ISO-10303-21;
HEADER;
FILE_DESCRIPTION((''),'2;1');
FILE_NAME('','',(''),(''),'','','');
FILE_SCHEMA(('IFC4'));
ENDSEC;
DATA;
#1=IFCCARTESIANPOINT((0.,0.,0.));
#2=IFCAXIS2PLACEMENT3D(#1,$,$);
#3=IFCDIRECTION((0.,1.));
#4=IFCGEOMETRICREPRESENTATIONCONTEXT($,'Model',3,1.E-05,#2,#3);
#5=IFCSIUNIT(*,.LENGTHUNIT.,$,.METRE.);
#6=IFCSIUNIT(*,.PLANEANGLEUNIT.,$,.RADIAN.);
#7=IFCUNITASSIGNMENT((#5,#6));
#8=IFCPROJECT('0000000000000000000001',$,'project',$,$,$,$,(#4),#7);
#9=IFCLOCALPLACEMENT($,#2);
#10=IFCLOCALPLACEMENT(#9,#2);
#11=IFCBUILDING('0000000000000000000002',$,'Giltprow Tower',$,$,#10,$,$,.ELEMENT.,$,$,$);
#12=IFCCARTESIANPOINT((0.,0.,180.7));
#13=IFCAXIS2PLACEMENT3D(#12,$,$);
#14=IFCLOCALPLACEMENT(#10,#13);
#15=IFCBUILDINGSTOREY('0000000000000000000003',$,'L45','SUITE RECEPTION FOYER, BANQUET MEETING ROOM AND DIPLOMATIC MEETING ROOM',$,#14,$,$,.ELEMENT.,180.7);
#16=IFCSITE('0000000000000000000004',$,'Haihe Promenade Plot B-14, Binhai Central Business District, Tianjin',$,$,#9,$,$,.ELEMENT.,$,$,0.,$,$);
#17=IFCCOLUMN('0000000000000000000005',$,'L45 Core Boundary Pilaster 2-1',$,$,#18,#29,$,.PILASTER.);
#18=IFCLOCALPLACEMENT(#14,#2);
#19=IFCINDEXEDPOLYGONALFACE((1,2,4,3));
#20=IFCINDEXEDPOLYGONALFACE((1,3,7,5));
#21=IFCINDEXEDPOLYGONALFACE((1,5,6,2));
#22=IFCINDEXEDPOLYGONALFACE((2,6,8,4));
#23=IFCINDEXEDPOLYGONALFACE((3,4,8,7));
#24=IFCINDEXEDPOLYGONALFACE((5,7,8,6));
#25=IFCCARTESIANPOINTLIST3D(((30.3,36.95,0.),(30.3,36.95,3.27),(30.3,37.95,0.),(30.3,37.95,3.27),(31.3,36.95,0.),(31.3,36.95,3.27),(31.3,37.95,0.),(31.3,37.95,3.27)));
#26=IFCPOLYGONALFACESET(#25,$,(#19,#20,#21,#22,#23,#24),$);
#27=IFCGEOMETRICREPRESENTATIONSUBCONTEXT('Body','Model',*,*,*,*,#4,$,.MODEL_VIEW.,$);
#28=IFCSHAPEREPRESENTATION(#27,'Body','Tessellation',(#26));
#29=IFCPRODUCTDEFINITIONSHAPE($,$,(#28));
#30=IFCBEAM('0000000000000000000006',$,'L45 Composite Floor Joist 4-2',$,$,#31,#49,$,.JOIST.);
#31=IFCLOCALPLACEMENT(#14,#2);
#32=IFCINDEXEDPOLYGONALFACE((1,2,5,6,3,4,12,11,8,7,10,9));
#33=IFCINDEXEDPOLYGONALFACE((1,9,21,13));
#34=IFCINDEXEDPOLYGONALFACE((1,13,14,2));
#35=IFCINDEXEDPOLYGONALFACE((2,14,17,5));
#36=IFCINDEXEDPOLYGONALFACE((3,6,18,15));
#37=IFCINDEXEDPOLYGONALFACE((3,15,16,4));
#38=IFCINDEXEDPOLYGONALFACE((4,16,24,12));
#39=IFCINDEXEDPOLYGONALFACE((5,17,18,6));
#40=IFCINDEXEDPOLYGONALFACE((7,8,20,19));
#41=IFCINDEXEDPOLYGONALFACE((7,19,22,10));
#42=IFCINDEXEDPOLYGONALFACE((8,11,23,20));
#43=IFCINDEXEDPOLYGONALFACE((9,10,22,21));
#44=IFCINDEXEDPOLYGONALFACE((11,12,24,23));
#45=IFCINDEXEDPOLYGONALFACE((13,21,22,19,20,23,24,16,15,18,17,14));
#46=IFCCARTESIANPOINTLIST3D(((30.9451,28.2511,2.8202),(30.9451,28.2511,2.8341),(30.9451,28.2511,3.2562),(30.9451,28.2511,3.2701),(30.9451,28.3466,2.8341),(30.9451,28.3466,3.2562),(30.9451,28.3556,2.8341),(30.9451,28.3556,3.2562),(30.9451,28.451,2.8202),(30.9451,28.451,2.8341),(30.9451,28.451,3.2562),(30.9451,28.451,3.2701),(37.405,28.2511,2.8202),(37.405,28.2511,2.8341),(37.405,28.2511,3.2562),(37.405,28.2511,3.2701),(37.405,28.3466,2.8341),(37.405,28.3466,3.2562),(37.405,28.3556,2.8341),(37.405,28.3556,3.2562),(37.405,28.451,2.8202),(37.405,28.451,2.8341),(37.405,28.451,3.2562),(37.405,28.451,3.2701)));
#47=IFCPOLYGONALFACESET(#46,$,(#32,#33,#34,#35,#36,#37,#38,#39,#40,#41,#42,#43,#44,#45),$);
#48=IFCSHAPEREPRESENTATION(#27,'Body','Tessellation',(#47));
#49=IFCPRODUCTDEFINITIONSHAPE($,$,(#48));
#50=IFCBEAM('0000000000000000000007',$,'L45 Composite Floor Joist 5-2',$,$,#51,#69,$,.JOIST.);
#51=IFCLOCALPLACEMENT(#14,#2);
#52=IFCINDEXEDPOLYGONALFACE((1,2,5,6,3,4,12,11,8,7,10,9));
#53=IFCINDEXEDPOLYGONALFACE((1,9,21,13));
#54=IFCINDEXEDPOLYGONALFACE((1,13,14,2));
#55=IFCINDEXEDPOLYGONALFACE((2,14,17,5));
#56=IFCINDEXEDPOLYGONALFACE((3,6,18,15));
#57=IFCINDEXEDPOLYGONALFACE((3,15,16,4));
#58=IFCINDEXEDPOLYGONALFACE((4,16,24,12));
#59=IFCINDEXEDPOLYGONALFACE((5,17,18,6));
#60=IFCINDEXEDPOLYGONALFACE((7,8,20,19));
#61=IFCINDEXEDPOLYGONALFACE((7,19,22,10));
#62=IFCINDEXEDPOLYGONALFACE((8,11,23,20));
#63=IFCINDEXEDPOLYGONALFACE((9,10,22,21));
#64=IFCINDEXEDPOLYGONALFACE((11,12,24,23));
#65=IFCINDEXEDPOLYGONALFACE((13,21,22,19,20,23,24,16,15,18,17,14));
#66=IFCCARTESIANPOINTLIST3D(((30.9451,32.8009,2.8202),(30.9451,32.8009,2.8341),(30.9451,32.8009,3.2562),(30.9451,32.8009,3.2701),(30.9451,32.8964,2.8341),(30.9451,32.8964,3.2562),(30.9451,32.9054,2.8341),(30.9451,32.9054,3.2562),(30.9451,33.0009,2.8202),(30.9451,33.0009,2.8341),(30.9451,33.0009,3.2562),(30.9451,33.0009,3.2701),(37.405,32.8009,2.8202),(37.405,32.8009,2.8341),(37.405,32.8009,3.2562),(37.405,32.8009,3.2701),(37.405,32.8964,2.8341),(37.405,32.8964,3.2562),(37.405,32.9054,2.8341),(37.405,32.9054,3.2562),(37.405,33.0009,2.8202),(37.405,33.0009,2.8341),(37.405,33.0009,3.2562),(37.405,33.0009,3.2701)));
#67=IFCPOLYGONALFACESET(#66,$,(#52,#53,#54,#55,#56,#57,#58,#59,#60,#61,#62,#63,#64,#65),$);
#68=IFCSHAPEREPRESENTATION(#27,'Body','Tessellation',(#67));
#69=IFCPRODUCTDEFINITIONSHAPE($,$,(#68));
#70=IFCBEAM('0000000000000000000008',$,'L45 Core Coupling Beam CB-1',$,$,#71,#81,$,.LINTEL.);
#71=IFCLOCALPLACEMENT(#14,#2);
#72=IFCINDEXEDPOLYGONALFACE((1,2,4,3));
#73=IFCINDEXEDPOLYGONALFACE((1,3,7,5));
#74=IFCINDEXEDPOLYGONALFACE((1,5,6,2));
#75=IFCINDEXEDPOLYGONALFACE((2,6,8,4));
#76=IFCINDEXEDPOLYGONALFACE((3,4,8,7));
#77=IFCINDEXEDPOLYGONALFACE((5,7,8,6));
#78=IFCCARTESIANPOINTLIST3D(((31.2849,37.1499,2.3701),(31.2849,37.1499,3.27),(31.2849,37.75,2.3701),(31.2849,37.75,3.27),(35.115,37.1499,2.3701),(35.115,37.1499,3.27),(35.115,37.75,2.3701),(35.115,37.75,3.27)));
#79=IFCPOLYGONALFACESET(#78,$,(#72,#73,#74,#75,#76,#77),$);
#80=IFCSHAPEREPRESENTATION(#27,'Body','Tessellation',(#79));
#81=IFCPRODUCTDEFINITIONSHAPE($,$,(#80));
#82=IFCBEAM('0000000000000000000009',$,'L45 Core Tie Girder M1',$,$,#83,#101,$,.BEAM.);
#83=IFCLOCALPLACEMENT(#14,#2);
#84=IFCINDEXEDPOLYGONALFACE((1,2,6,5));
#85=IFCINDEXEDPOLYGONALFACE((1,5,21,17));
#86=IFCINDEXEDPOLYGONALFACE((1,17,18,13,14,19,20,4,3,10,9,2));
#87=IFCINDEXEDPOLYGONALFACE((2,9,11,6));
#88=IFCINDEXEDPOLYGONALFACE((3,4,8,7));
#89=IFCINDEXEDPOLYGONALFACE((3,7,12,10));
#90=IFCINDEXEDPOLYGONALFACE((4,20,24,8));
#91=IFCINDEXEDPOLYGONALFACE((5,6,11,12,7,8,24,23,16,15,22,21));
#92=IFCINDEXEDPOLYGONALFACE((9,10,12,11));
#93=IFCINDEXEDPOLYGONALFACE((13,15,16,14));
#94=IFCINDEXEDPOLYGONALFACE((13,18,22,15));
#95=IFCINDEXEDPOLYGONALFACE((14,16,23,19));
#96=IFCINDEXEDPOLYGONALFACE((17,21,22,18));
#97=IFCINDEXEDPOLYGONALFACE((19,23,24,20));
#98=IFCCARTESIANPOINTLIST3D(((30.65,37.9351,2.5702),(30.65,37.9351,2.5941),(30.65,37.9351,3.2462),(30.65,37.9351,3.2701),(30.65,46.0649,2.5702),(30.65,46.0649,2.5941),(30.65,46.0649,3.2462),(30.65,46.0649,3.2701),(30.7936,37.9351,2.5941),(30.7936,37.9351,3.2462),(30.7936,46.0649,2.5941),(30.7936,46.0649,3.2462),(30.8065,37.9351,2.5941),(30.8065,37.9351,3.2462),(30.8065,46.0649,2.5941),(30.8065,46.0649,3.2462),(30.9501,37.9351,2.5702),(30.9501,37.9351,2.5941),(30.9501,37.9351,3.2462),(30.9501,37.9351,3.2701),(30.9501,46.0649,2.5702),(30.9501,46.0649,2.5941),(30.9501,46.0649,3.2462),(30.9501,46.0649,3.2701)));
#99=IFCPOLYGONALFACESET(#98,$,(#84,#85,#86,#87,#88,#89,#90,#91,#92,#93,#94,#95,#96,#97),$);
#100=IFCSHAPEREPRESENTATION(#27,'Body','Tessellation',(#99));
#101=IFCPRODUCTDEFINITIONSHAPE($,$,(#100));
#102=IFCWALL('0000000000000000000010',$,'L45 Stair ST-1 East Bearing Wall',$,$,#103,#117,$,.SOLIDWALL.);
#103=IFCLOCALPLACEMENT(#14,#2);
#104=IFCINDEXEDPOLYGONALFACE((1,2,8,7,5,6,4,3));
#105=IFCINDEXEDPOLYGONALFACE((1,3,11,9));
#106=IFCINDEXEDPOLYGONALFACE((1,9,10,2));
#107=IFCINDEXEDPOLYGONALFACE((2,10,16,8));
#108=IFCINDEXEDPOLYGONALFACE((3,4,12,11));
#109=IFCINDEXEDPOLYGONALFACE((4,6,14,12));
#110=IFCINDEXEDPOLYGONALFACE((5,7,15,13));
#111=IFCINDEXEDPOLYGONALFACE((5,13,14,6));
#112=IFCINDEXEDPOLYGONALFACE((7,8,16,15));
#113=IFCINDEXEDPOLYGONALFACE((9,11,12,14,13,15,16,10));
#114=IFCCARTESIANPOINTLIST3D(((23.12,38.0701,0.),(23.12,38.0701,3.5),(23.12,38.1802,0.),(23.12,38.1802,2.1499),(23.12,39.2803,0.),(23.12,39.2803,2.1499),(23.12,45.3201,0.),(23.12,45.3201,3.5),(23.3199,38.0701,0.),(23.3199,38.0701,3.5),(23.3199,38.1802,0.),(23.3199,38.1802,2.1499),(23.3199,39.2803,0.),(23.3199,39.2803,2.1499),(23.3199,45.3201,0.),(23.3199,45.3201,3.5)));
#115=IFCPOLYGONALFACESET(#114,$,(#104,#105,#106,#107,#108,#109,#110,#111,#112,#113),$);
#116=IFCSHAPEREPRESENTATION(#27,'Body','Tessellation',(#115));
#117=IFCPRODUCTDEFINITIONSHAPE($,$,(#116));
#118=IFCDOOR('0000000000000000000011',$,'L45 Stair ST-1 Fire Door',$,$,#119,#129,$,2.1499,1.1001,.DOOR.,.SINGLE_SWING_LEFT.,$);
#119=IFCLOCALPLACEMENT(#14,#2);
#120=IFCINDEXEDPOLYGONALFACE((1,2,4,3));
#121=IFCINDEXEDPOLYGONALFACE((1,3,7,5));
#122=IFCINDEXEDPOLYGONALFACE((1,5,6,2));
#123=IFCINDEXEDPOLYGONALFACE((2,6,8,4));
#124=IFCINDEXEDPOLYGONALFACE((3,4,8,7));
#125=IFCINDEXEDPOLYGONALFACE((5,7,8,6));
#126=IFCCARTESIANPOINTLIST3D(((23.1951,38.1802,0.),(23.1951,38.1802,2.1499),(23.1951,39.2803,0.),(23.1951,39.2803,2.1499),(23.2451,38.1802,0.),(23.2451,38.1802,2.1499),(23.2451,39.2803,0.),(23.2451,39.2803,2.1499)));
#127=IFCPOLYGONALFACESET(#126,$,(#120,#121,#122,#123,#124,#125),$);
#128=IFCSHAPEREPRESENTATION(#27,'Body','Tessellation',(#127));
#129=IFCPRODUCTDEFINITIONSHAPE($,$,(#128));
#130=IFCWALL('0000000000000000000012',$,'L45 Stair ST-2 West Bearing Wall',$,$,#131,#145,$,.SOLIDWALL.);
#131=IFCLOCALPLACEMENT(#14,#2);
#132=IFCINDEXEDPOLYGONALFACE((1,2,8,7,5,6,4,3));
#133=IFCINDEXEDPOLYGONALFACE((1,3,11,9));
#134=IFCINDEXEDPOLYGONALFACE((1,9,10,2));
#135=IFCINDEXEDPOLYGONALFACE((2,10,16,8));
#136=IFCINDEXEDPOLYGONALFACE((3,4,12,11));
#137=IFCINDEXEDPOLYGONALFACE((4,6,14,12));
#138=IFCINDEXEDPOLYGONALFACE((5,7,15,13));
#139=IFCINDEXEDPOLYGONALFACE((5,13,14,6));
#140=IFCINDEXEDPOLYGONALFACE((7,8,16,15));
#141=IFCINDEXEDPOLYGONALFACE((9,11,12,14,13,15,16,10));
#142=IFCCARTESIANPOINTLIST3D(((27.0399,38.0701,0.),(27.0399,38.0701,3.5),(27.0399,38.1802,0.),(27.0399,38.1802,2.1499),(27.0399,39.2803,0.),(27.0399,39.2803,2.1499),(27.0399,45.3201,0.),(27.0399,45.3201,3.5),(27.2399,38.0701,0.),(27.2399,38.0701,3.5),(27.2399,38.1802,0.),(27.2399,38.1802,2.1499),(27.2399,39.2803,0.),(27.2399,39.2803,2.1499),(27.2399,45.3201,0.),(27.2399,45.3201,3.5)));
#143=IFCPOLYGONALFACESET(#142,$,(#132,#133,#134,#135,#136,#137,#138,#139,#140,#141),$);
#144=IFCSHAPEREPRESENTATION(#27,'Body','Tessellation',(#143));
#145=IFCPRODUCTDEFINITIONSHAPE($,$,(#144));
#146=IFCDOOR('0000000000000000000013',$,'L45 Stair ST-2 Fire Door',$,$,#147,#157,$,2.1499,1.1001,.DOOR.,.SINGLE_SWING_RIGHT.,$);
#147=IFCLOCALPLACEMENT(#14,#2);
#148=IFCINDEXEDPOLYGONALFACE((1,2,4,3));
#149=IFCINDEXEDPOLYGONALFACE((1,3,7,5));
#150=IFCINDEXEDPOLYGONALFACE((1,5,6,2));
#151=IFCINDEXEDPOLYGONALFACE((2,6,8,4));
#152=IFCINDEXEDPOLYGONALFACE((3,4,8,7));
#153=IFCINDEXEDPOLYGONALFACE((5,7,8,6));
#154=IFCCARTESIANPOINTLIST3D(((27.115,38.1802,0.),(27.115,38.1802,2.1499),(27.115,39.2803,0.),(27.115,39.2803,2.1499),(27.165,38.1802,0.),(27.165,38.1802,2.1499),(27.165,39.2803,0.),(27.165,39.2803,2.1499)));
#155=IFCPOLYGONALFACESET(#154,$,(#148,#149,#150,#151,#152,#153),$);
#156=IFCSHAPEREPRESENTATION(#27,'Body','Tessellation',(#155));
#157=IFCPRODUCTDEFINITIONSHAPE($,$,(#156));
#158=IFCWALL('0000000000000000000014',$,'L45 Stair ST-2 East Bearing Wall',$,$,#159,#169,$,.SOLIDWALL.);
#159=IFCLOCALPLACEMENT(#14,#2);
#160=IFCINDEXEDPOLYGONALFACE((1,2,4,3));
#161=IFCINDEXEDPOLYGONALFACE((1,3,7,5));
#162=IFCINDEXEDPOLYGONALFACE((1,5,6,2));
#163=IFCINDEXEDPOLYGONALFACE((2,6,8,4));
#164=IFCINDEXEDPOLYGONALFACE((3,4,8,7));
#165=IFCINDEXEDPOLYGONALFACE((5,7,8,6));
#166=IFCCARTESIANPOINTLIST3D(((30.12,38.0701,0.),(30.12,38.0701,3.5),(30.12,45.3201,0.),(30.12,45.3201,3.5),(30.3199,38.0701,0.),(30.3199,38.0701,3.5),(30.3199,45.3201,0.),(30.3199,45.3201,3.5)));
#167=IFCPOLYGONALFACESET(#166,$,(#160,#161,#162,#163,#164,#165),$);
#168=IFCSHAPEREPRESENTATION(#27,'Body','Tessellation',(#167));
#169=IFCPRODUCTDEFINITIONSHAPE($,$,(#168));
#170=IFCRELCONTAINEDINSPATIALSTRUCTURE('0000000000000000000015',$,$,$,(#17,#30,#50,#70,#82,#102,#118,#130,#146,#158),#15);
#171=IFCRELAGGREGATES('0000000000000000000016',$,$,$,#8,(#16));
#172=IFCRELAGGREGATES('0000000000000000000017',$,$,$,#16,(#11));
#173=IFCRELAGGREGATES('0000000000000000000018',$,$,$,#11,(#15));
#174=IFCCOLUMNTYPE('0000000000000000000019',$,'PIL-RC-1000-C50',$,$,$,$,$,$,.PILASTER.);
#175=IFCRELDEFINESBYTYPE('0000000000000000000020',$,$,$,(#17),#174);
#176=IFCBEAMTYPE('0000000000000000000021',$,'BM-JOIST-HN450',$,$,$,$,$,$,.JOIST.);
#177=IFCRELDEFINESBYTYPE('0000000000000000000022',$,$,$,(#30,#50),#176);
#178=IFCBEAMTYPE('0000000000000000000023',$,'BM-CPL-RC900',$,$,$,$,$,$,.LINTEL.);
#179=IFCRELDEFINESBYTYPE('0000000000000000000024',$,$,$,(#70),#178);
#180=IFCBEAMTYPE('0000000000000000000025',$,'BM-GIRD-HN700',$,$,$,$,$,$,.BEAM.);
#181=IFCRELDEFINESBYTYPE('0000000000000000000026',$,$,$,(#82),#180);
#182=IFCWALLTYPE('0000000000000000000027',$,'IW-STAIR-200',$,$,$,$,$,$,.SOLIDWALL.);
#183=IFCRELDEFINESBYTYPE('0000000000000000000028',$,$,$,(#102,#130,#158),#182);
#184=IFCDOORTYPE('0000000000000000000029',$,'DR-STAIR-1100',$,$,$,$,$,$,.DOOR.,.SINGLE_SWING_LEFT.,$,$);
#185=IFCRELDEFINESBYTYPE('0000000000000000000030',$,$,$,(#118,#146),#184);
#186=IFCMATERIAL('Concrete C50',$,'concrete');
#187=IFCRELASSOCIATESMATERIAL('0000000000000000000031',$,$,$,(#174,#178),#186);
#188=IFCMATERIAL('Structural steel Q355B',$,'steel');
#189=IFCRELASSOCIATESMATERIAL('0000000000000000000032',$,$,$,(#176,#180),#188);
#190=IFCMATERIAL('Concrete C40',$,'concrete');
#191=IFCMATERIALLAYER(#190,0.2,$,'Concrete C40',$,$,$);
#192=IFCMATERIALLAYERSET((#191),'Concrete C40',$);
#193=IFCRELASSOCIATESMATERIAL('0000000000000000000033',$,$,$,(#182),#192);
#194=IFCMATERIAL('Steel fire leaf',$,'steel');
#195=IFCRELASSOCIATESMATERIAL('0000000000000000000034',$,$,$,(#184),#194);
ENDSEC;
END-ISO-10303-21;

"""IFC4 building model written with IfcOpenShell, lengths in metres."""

from ifc_helpers import new_model, si_unit, direction, frame, frame_2d, origin, origin_2d, place, context, subcontext, project, spatial, rectangle, i_section, extrude, source, transform, mapped, material, layer, layer_set, material_profile, profile_set, type_object, element, fill, save


model = new_model("IFC4")

# Units and contexts
model_context = context("Model", 3, precision=1e-05, world=origin(), true_north=direction((0.0, 1.0)))
body_context = subcontext(model_context, "Body", "Model", "MODEL_VIEW")
ifc_project = project(units=[si_unit("LENGTHUNIT", "METRE"), si_unit("PLANEANGLEUNIT", "RADIAN")], contexts=[model_context])

# Site, building, storey
site_placement = place(None, origin())
site = spatial("IfcSite", under=ifc_project, at=site_placement, Name="Haihe Promenade Plot B-14, Binhai Central Business District, Tianjin", CompositionType="ELEMENT", RefElevation=0.0)
building_placement = place(site_placement, origin())
building = spatial("IfcBuilding", under=site, at=building_placement, Name="Giltprow Tower", CompositionType="ELEMENT")
storey_placement = place(building_placement, frame((0.0, 0.0, 180.7)))
storey = spatial("IfcBuildingStorey", under=building, at=storey_placement, Name="L45", Description="SUITE RECEPTION FOYER, BANQUET MEETING ROOM AND DIPLOMATIC MEETING ROOM", CompositionType="ELEMENT", Elevation=180.7)

# Column
ifc_material_1 = material(Name="Concrete C50", Category="concrete")
ifc_material_profile_1 = material_profile(ifc_material_1, rectangle(XDim=1.0, YDim=1.0, at=origin_2d()), Name="RC 1000x1000")
ifc_profile_set_1 = profile_set([ifc_material_profile_1], Name="Concrete C50")
column_type = type_object("IfcColumnType", Name="PIL-RC-1000-C50", PredefinedType="PILASTER", material=ifc_profile_set_1)
shared_shape_1 = source(origin(), body_context, "Body", "SweptSolid", [
    extrude(rectangle(XDim=1.0, YDim=1.0, at=origin_2d()), origin(), (0.0, 0.0, 1.0), 3.27),
])
column_placement = place(storey_placement, frame((30.8, 37.45, 0.0), z_axis=(0.0, 0.0, 1.0), x_axis=(1.0, 0.0, 0.0)))
element("IfcColumn", 1, at=column_placement, inside=storey, type_object=column_type, Name="L45 Core Boundary Pilaster 2-1", PredefinedType="PILASTER", context=body_context, shape_type="MappedRepresentation", body=[
    mapped(shared_shape_1, transform((0.0, 0.0, 0.0), x_axis=(1.0, 0.0, 0.0), y_axis=(0.0, 1.0, 0.0), z_axis=(0.0, 0.0, 1.0), scale=1.0)),
])

# Beams
ifc_material_2 = material(Name="Structural steel Q355B", Category="steel")
ifc_material_profile_2 = material_profile(ifc_material_2, i_section(OverallWidth=0.2, OverallDepth=0.45, WebThickness=0.009, FlangeThickness=0.0139, at=origin_2d()), Name="HN 450x200x9x14")
ifc_profile_set_2 = profile_set([ifc_material_profile_2], Name="Structural steel Q355B")
beam_type_1 = type_object("IfcBeamType", Name="BM-JOIST-HN450", PredefinedType="JOIST", material=ifc_profile_set_2)
shared_shape_2 = source(origin(), body_context, "Body", "SweptSolid", [
    extrude(i_section(OverallWidth=0.2, OverallDepth=0.45, WebThickness=0.009, FlangeThickness=0.0139, at=origin_2d()), origin(), (0.0, 0.0, 1.0), 6.46),
])
for number, where, z_axis, x_axis, name in (
    (2, (30.9451, 28.3511, 3.0452), (1.0, 0.0, 0.0), (0.0, 1.0, 0.0), "L45 Composite Floor Joist 4-2"),
    (3, (30.9451, 32.9009, 3.0452), (1.0, 0.0, 0.0), (0.0, 1.0, 0.0), "L45 Composite Floor Joist 5-2"),
):
    element("IfcBeam", number, at=place(storey_placement, frame(where, z_axis=z_axis, x_axis=x_axis)), inside=storey, type_object=beam_type_1, Name=name, PredefinedType="JOIST", context=body_context, shape_type="MappedRepresentation", body=[
        mapped(shared_shape_2, transform((0.0, 0.0, 0.0), x_axis=(1.0, 0.0, 0.0), y_axis=(0.0, 1.0, 0.0), z_axis=(0.0, 0.0, 1.0), scale=1.0)),
    ])
ifc_material_profile_3 = material_profile(ifc_material_1, rectangle(XDim=0.6001, YDim=0.8999, at=origin_2d()), Name="RC 900x600")
ifc_profile_set_3 = profile_set([ifc_material_profile_3], Name="Concrete C50")
beam_type_2 = type_object("IfcBeamType", Name="BM-CPL-RC900", PredefinedType="LINTEL", material=ifc_profile_set_3)
shared_shape_3 = source(origin(), body_context, "Body", "SweptSolid", [
    extrude(rectangle(XDim=0.6001, YDim=0.8999, at=origin_2d()), origin(), (0.0, 0.0, 1.0), 3.8301),
])
beam_1_placement = place(storey_placement, frame((31.2849, 37.45, 2.8201), z_axis=(1.0, 0.0, 0.0), x_axis=(0.0, 1.0, 0.0)))
element("IfcBeam", 4, at=beam_1_placement, inside=storey, type_object=beam_type_2, Name="L45 Core Coupling Beam CB-1", PredefinedType="LINTEL", context=body_context, shape_type="MappedRepresentation", body=[
    mapped(shared_shape_3, transform((0.0, 0.0, 0.0), x_axis=(1.0, 0.0, 0.0), y_axis=(0.0, 1.0, 0.0), z_axis=(0.0, 0.0, 1.0), scale=1.0)),
])
ifc_material_profile_4 = material_profile(ifc_material_2, i_section(OverallWidth=0.3, OverallDepth=0.7, WebThickness=0.0129, FlangeThickness=0.0239, at=origin_2d()), Name="HN 700x300x13x24")
ifc_profile_set_4 = profile_set([ifc_material_profile_4], Name="Structural steel Q355B")
beam_type_3 = type_object("IfcBeamType", Name="BM-GIRD-HN700", PredefinedType="BEAM", material=ifc_profile_set_4)
shared_shape_4 = source(origin(), body_context, "Body", "SweptSolid", [
    extrude(i_section(OverallWidth=0.3, OverallDepth=0.7, WebThickness=0.0129, FlangeThickness=0.0239, at=origin_2d()), origin(), (0.0, 0.0, 1.0), 8.1299),
])
beam_2_placement = place(storey_placement, frame((30.8, 37.9351, 2.9202), z_axis=(0.0, 1.0, 0.0), x_axis=(-1.0, 0.0, 0.0)))
element("IfcBeam", 5, at=beam_2_placement, inside=storey, type_object=beam_type_3, Name="L45 Core Tie Girder M1", PredefinedType="BEAM", context=body_context, shape_type="MappedRepresentation", body=[
    mapped(shared_shape_4, transform((0.0, 0.0, 0.0), x_axis=(1.0, 0.0, 0.0), y_axis=(0.0, 1.0, 0.0), z_axis=(0.0, 0.0, 1.0), scale=1.0)),
])

# Walls, openings, doors
ifc_material_3 = material(Name="Concrete C40", Category="concrete")
ifc_layer_1 = layer(ifc_material_3, 0.2, Name="Concrete C40")
ifc_layer_set_1 = layer_set([ifc_layer_1], Name="Concrete C40")
wall_type_1 = type_object("IfcWallType", Name="IW-STAIR-200", PredefinedType="SOLIDWALL", material=ifc_layer_set_1)
wall_1_placement = place(storey_placement, frame((23.22, 38.0701, 0.0), z_axis=(0.0, 0.0, 1.0), x_axis=(0.0, 1.0, 0.0)))
wall_1 = element("IfcWall", 6, at=wall_1_placement, inside=storey, type_object=wall_type_1, Name="L45 Stair ST-1 East Bearing Wall", PredefinedType="SOLIDWALL", context=body_context, shape_type="SweptSolid", body=[
    extrude(rectangle(XDim=7.25, YDim=0.2, at=frame_2d((3.625, 0.0))), origin(), (0.0, 0.0, 1.0), 3.5),
])
opening_1_placement = place(wall_1_placement, frame((0.1101, 0.0, 0.0)))
opening_1 = element("IfcOpeningElement", 7, at=opening_1_placement, cuts=wall_1, PredefinedType="OPENING", context=body_context, shape_type="SweptSolid", body=[
    extrude(rectangle(XDim=1.1001, YDim=2.1499, at=frame_2d((0.55, 1.075))), frame((0.0, 0.1099, 0.0), z_axis=(0.0, -1.0, 0.0), x_axis=(1.0, 0.0, 0.0)), (0.0, 0.0, 1.0), 0.22),
])
ifc_material_4 = material(Name="Steel fire leaf", Category="steel")
door_type_1 = type_object("IfcDoorType", Name="DR-STAIR-1100", OperationType="SINGLE_SWING_LEFT", PredefinedType="DOOR", material=ifc_material_4)
shared_shape_5 = source(origin(), body_context, "Body", "SweptSolid", [
    extrude(rectangle(XDim=1.1001, YDim=2.1499, at=frame_2d((0.55, 1.075))), frame((0.0, 0.0249, 0.0), z_axis=(0.0, -1.0, 0.0), x_axis=(1.0, 0.0, 0.0)), (0.0, 0.0, 1.0), 0.05),
])
door_1_placement = place(opening_1_placement, origin())
door_1 = element("IfcDoor", 8, at=door_1_placement, inside=storey, type_object=door_type_1, Name="L45 Stair ST-1 Fire Door", OperationType="SINGLE_SWING_LEFT", OverallHeight=2.1499, OverallWidth=1.1001, PredefinedType="DOOR", context=body_context, shape_type="MappedRepresentation", body=[
    mapped(shared_shape_5, transform((0.0, 0.0, 0.0), x_axis=(1.0, 0.0, 0.0), y_axis=(0.0, 1.0, 0.0), z_axis=(0.0, 0.0, 1.0), scale=1.0)),
])
fill(opening_1, door_1)
wall_2_placement = place(storey_placement, frame((27.1399, 38.0701, 0.0), z_axis=(0.0, 0.0, 1.0), x_axis=(0.0, 1.0, 0.0)))
wall_2 = element("IfcWall", 9, at=wall_2_placement, inside=storey, type_object=wall_type_1, Name="L45 Stair ST-2 West Bearing Wall", PredefinedType="SOLIDWALL", context=body_context, shape_type="SweptSolid", body=[
    extrude(rectangle(XDim=7.25, YDim=0.2, at=frame_2d((3.625, 0.0))), origin(), (0.0, 0.0, 1.0), 3.5),
])
opening_2_placement = place(wall_2_placement, frame((0.1101, 0.0, 0.0)))
opening_2 = element("IfcOpeningElement", 10, at=opening_2_placement, cuts=wall_2, PredefinedType="OPENING", context=body_context, shape_type="SweptSolid", body=[
    extrude(rectangle(XDim=1.1001, YDim=2.1499, at=frame_2d((0.55, 1.075))), frame((0.0, 0.1099, 0.0), z_axis=(0.0, -1.0, 0.0), x_axis=(1.0, 0.0, 0.0)), (0.0, 0.0, 1.0), 0.22),
])
door_2_placement = place(opening_2_placement, origin())
door_2 = element("IfcDoor", 11, at=door_2_placement, inside=storey, type_object=door_type_1, Name="L45 Stair ST-2 Fire Door", OperationType="SINGLE_SWING_RIGHT", OverallHeight=2.1499, OverallWidth=1.1001, PredefinedType="DOOR", context=body_context, shape_type="MappedRepresentation", body=[
    mapped(shared_shape_5, transform((0.0, 0.0, 0.0), x_axis=(1.0, 0.0, 0.0), y_axis=(0.0, 1.0, 0.0), z_axis=(0.0, 0.0, 1.0), scale=1.0)),
])
fill(opening_2, door_2)

# Wall
wall_3_placement = place(storey_placement, frame((30.22, 38.0701, 0.0), z_axis=(0.0, 0.0, 1.0), x_axis=(0.0, 1.0, 0.0)))
element("IfcWall", 12, at=wall_3_placement, inside=storey, type_object=wall_type_1, Name="L45 Stair ST-2 East Bearing Wall", PredefinedType="SOLIDWALL", context=body_context, shape_type="SweptSolid", body=[
    extrude(rectangle(XDim=7.25, YDim=0.2, at=frame_2d((3.625, 0.0))), origin(), (0.0, 0.0, 1.0), 3.5),
])

save(model, "model.ifc")
